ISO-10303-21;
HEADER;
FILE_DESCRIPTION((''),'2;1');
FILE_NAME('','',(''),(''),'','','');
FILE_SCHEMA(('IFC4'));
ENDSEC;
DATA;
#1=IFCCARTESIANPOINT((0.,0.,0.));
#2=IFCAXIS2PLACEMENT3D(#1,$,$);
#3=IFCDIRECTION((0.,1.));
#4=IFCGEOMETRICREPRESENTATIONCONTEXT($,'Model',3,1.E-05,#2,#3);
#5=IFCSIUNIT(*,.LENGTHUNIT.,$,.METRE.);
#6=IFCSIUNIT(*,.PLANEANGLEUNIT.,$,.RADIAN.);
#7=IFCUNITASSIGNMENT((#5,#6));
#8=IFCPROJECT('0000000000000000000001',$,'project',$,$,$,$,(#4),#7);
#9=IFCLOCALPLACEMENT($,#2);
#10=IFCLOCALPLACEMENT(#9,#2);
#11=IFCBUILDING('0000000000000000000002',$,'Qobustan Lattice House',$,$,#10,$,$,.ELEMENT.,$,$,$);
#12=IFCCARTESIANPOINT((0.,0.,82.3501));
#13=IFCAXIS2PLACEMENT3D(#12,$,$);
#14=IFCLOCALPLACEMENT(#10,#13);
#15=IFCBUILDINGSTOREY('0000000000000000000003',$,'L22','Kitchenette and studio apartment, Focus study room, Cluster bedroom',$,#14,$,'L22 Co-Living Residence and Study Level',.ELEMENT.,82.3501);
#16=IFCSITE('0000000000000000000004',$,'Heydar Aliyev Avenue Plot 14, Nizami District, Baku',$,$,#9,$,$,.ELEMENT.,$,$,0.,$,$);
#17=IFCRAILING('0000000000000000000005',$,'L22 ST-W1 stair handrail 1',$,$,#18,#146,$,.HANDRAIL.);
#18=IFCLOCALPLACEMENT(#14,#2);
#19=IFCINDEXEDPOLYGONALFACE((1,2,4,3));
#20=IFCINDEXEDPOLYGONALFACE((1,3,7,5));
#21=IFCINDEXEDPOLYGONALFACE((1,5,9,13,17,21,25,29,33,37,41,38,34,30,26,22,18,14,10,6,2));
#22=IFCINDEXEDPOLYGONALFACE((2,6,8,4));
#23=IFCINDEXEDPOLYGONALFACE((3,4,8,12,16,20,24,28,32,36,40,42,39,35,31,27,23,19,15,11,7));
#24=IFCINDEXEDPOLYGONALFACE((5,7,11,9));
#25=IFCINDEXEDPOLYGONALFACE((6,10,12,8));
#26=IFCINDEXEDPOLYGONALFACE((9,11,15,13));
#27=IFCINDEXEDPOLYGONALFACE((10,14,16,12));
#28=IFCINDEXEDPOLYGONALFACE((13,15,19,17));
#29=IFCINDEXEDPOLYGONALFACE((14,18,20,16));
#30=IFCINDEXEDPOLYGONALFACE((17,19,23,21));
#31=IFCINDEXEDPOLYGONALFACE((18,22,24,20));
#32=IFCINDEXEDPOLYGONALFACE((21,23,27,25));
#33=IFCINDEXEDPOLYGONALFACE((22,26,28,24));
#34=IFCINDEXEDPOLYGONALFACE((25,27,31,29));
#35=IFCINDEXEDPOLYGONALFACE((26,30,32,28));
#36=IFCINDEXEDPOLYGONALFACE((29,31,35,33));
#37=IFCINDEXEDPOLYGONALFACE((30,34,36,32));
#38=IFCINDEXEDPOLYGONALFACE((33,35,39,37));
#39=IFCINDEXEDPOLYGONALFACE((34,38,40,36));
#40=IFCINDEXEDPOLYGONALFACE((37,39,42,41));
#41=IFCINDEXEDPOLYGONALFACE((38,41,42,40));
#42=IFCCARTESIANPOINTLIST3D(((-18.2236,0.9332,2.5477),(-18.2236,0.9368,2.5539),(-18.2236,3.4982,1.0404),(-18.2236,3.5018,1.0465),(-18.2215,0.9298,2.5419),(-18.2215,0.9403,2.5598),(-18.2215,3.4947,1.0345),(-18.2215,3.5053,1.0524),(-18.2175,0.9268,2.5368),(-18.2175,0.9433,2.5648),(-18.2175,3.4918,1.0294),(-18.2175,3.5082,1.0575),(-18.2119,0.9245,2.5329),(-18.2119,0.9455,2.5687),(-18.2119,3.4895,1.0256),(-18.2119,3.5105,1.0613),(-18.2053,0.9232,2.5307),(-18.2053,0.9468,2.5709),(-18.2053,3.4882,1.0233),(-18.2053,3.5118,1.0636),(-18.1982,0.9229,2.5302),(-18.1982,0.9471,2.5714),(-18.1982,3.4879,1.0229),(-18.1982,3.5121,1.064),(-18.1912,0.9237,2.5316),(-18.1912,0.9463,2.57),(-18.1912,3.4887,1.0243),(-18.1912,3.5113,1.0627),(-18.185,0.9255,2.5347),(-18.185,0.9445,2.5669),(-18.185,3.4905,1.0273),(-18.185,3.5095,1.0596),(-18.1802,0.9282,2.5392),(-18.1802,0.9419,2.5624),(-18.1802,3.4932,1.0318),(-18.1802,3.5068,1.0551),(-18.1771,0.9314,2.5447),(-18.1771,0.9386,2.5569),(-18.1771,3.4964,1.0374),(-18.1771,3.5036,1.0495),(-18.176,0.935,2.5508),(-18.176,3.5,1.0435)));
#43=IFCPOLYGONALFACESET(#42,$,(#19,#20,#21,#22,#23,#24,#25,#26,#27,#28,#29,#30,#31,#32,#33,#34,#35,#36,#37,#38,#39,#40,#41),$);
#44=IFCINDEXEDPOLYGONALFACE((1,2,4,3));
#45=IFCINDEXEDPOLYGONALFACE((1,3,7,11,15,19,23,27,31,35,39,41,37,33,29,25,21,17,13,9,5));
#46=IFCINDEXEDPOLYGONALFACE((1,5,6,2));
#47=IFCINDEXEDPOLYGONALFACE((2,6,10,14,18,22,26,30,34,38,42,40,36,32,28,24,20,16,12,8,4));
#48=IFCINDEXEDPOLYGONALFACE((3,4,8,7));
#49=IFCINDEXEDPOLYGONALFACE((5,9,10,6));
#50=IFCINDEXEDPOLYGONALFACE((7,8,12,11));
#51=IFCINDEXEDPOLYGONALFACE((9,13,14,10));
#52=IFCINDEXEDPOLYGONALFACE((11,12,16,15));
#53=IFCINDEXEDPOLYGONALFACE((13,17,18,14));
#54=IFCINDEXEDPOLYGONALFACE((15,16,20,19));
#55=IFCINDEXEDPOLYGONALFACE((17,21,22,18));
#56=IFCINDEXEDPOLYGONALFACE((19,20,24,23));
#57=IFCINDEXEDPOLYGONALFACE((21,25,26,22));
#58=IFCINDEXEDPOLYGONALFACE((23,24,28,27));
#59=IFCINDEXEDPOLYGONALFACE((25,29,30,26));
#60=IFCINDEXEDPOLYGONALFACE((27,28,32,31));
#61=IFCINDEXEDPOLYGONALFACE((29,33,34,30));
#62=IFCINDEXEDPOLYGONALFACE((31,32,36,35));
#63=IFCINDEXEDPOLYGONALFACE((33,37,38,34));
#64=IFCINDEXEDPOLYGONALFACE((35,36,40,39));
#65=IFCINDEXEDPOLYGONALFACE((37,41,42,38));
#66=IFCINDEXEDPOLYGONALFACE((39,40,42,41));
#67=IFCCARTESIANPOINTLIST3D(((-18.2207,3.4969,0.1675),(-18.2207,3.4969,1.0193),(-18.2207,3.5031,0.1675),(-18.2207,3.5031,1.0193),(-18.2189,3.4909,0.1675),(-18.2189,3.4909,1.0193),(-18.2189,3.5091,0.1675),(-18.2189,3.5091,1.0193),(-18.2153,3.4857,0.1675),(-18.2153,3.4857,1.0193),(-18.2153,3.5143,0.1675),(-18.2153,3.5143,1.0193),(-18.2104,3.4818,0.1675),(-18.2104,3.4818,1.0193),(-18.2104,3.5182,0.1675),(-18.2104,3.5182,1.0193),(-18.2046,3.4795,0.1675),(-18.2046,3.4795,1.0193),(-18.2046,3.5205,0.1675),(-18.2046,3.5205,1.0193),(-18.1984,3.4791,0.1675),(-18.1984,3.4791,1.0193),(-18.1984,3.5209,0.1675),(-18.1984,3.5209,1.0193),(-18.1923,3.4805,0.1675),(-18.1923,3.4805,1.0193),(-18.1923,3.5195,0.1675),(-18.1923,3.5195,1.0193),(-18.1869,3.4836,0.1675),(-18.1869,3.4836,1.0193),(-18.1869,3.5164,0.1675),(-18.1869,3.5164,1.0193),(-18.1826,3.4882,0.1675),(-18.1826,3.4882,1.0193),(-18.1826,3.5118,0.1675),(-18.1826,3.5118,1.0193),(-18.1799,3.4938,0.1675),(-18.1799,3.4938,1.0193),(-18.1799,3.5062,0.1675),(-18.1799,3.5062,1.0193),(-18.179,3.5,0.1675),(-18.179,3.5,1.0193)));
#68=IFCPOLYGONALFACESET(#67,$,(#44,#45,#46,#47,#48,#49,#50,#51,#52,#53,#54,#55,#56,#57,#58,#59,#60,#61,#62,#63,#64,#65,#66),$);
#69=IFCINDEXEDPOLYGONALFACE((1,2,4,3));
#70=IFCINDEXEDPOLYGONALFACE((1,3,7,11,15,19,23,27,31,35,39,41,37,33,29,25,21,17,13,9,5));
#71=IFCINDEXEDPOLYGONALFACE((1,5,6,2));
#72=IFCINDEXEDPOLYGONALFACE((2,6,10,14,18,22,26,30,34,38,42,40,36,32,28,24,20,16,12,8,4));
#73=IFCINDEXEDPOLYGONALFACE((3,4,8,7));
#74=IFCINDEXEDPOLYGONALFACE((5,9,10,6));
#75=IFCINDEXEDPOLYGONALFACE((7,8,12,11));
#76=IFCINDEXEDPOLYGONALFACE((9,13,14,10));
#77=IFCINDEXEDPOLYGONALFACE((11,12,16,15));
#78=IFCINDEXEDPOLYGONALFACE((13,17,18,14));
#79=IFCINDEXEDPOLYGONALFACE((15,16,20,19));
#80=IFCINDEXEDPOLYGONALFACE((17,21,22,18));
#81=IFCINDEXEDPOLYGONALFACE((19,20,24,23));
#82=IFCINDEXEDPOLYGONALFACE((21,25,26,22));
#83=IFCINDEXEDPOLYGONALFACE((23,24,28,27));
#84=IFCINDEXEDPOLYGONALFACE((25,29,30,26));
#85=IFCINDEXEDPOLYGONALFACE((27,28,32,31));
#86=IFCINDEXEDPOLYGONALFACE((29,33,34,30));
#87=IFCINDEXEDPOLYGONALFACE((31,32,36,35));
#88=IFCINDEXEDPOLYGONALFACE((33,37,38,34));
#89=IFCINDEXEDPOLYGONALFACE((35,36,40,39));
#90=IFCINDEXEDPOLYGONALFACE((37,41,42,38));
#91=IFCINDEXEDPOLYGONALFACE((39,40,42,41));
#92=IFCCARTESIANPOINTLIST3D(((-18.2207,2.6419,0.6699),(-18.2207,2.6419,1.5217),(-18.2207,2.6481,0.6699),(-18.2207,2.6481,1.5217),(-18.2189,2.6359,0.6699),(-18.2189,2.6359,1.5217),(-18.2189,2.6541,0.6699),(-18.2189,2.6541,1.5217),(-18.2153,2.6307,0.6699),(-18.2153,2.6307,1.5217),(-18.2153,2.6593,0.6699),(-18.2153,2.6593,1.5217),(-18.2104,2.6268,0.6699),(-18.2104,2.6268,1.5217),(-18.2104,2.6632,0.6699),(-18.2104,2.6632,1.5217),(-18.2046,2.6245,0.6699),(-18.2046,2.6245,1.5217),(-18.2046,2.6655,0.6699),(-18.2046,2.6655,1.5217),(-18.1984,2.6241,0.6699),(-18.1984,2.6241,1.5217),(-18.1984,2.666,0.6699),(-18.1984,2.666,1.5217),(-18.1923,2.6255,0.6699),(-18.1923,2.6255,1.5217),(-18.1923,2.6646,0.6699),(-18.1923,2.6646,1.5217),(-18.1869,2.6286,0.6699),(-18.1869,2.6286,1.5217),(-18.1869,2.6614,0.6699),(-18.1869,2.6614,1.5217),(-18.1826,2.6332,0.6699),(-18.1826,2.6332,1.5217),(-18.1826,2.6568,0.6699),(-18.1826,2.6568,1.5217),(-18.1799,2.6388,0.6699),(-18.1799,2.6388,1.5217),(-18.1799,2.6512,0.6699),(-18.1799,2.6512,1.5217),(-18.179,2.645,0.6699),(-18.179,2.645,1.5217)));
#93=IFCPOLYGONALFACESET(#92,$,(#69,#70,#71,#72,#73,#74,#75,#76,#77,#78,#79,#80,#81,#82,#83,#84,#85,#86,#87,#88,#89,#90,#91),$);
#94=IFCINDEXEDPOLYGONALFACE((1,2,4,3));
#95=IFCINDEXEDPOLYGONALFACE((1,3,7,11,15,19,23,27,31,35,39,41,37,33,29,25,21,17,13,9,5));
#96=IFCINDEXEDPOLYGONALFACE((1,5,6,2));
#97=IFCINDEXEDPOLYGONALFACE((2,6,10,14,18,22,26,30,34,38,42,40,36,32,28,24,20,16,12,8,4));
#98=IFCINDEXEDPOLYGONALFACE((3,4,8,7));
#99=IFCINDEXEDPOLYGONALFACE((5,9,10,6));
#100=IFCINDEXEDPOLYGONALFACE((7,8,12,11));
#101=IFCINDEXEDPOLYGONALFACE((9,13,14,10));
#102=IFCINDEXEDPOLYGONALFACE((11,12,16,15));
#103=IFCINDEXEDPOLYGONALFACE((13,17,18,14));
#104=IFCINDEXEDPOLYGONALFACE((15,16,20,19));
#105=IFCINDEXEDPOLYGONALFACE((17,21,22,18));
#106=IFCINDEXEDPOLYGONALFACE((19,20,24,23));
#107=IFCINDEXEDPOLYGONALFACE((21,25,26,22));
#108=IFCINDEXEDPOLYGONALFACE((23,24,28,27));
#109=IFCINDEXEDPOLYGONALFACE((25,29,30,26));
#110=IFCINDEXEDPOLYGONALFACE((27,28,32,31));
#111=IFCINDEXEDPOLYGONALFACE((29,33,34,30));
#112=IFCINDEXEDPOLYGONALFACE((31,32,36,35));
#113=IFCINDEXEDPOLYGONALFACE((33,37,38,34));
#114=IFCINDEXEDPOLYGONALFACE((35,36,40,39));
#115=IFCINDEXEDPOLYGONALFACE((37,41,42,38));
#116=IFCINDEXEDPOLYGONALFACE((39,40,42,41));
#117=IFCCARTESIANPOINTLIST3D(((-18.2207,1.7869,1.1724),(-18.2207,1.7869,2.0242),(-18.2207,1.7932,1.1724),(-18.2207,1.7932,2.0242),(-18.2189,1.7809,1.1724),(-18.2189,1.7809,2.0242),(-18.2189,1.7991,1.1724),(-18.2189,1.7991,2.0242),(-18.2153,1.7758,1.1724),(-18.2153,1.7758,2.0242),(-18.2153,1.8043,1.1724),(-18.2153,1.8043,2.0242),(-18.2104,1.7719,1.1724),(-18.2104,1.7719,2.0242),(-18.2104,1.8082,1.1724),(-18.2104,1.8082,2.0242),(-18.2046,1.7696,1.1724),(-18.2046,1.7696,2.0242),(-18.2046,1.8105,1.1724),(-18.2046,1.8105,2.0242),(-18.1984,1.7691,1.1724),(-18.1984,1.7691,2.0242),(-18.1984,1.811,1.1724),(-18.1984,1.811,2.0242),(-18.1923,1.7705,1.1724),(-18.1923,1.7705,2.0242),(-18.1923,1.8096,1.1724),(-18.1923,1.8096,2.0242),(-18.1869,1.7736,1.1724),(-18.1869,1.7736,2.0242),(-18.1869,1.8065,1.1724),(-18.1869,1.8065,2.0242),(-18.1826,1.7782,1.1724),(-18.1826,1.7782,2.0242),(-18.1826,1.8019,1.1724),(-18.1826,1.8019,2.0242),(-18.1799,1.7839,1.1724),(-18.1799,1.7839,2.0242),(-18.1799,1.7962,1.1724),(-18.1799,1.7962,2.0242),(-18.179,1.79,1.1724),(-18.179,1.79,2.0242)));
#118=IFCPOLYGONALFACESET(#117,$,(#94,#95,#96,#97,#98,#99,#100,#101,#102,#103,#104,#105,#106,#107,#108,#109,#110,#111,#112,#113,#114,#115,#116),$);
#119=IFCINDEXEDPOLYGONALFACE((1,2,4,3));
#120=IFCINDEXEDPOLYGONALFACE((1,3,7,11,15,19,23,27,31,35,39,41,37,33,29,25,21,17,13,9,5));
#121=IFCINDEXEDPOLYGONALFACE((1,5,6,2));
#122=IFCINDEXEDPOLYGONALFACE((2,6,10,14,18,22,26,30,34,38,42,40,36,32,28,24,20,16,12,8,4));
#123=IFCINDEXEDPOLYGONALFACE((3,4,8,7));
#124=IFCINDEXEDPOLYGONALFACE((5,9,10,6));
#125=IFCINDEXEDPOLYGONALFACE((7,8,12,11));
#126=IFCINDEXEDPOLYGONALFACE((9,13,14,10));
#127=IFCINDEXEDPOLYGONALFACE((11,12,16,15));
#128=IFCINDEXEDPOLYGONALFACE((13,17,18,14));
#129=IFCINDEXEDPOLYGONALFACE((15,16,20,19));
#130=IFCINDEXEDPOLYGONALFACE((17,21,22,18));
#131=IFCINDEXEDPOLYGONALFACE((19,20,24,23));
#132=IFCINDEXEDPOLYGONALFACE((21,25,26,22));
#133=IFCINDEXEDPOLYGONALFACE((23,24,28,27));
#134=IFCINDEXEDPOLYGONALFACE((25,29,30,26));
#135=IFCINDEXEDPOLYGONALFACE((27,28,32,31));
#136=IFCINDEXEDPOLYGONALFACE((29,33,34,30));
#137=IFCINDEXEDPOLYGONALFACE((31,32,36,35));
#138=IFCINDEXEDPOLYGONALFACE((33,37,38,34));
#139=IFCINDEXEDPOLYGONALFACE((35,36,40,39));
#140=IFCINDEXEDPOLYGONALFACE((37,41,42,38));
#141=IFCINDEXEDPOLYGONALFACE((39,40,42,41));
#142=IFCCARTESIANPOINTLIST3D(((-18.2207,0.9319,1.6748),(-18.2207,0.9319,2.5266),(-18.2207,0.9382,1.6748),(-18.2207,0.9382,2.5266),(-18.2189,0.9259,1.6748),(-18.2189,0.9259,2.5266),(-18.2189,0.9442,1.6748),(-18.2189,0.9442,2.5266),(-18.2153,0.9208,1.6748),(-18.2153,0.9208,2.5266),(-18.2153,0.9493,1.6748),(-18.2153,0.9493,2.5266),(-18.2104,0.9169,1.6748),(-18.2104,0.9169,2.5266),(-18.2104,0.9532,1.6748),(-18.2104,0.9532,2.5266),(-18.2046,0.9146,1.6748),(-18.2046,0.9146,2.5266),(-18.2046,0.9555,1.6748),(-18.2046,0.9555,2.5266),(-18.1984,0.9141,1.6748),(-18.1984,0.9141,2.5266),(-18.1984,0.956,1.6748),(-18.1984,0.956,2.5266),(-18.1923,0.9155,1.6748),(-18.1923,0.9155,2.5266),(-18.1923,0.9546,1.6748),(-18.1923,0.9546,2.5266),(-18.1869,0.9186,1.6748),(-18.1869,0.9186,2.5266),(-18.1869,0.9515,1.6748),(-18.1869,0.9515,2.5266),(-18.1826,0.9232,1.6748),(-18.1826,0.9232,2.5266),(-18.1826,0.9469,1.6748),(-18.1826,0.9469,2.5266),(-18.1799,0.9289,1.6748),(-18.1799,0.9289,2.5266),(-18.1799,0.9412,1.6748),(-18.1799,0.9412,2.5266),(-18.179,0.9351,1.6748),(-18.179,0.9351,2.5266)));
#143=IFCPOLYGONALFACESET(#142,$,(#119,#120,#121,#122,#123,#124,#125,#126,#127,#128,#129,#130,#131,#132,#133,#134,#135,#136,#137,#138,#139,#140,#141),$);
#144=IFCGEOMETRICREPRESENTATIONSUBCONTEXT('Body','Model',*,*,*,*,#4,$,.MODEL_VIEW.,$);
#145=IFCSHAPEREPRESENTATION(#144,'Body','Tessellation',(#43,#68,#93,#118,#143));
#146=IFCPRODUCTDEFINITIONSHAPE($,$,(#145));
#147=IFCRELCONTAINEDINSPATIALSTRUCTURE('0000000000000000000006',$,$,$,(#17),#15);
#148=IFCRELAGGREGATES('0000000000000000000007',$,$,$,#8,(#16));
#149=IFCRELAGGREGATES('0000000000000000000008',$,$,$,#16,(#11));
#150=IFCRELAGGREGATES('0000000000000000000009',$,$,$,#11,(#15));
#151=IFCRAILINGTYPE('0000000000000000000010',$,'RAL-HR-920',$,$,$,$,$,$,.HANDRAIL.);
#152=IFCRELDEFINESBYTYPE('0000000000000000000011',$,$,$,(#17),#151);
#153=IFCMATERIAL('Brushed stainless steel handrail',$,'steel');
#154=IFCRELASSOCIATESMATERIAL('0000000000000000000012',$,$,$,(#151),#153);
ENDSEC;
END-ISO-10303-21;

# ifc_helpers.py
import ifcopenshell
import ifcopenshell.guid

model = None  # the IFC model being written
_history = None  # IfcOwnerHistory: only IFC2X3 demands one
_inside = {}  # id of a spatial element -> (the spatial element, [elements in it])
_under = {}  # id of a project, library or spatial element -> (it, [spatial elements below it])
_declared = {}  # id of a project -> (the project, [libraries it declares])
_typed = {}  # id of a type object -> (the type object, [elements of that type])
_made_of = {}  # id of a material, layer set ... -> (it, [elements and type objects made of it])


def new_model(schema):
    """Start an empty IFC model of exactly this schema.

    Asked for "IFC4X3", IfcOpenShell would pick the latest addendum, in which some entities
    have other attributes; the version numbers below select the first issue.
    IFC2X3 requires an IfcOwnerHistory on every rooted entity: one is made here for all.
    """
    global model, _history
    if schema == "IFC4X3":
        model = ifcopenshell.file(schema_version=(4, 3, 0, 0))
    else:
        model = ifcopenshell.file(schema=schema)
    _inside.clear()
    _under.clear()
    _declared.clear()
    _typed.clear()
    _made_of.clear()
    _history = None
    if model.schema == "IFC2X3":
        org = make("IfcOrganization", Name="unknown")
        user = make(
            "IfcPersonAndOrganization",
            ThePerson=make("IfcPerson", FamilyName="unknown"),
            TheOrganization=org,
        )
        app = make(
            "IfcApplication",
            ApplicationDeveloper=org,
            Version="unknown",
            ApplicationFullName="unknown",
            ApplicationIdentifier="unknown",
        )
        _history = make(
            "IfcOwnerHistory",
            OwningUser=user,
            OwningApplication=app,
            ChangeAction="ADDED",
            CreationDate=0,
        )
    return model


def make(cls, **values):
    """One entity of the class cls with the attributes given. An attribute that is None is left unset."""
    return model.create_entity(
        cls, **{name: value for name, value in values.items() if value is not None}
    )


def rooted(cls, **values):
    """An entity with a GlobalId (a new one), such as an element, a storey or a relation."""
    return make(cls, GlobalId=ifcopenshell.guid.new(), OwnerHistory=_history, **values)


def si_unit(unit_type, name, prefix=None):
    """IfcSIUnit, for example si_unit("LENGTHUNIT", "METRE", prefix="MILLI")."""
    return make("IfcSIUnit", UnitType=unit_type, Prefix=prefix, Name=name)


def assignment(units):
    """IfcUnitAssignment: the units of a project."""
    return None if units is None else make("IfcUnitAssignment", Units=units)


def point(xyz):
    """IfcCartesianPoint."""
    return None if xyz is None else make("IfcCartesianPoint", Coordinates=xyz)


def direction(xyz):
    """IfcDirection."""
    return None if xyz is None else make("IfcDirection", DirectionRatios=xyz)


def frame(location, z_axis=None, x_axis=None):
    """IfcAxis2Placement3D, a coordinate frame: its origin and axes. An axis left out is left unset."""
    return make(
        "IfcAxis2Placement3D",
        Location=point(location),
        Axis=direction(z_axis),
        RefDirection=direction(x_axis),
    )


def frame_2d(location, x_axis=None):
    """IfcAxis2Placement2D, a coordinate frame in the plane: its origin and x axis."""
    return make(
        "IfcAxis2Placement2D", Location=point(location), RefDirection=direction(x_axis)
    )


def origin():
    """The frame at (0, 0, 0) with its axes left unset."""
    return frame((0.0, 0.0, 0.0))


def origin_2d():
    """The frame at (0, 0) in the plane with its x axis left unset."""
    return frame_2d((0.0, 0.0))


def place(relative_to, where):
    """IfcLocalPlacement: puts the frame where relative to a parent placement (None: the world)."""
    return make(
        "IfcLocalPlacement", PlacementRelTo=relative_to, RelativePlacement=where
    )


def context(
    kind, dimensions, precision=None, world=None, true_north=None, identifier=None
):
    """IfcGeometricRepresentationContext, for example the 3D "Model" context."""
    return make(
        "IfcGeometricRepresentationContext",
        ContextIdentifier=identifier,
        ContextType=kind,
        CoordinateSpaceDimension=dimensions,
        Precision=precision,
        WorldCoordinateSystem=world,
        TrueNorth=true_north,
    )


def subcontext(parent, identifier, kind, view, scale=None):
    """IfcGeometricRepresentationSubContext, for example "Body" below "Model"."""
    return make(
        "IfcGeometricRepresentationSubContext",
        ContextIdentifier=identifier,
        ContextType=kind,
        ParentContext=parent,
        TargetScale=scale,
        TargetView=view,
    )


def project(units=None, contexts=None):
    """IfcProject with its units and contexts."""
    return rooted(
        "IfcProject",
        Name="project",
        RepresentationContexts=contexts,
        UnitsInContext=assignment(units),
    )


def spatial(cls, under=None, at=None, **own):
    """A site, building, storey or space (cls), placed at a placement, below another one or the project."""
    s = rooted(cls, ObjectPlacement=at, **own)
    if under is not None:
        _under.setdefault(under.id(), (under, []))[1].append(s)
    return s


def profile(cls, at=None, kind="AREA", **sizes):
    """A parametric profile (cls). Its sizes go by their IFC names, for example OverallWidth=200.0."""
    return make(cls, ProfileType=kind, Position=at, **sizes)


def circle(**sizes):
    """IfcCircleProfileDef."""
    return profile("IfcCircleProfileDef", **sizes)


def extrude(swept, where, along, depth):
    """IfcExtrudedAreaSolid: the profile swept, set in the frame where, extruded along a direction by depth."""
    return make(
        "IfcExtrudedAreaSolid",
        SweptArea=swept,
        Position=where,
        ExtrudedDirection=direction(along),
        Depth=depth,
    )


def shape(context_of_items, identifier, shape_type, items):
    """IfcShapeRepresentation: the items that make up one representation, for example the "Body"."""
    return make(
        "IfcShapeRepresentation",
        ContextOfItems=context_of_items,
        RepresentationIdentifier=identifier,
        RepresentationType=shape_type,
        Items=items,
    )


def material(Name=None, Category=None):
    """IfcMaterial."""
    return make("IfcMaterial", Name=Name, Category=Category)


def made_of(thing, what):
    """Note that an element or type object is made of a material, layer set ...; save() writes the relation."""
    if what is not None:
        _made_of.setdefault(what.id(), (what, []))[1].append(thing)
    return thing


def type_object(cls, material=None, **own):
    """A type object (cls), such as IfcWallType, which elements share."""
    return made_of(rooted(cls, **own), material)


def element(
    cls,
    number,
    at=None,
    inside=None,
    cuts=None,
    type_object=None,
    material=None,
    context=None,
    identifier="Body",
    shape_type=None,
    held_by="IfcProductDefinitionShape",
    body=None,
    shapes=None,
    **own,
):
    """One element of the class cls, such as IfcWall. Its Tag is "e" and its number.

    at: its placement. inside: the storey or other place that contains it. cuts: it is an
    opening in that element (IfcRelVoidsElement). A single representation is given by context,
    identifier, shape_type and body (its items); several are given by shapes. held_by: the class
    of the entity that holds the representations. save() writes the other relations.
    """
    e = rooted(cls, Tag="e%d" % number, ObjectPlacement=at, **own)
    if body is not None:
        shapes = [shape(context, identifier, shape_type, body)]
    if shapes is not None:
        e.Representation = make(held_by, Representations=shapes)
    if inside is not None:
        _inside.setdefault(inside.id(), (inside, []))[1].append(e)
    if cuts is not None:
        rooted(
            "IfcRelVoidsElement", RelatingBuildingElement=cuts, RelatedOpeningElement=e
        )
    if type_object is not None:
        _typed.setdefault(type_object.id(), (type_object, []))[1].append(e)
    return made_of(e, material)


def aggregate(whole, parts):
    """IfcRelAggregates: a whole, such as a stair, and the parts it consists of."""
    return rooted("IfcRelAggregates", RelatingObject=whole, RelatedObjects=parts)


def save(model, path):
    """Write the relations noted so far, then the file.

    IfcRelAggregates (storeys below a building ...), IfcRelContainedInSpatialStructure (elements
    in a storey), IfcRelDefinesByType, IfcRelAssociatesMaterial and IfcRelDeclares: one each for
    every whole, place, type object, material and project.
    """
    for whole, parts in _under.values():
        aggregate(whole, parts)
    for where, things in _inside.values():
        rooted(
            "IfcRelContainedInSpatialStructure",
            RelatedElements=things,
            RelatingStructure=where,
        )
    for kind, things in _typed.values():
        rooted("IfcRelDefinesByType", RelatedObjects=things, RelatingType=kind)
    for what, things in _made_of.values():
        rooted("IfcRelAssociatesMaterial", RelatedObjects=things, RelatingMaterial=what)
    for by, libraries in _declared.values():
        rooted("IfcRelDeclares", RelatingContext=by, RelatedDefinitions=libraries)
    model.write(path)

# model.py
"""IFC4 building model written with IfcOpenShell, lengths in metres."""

from ifc_helpers import new_model, si_unit, direction, frame, origin, origin_2d, place, context, subcontext, project, spatial, circle, extrude, material, type_object, element, save


model = new_model("IFC4")

# Units and contexts
model_context = context("Model", 3, precision=1e-05, world=origin(), true_north=direction((0.0, 1.0)))
body_context = subcontext(model_context, "Body", "Model", "MODEL_VIEW")
ifc_project = project(units=[si_unit("LENGTHUNIT", "METRE"), si_unit("PLANEANGLEUNIT", "RADIAN")], contexts=[model_context])

# Site, building, storey
site_placement = place(None, origin())
site = spatial("IfcSite", under=ifc_project, at=site_placement, Name="Heydar Aliyev Avenue Plot 14, Nizami District, Baku", CompositionType="ELEMENT", RefElevation=0.0)
building_placement = place(site_placement, origin())
building = spatial("IfcBuilding", under=site, at=building_placement, Name="Qobustan Lattice House", CompositionType="ELEMENT")
storey_placement = place(building_placement, frame((0.0, 0.0, 82.3501)))
storey = spatial("IfcBuildingStorey", under=building, at=storey_placement, Name="L22", Description="Kitchenette and studio apartment, Focus study room, Cluster bedroom", LongName="L22 Co-Living Residence and Study Level", CompositionType="ELEMENT", Elevation=82.3501)

# Railing
ifc_material_1 = material(Name="Brushed stainless steel handrail", Category="steel")
railing_type = type_object("IfcRailingType", Name="RAL-HR-920", PredefinedType="HANDRAIL", material=ifc_material_1)
railing_placement = place(storey_placement, frame((-18.2, 3.5, 0.1675)))
element("IfcRailing", 1, at=railing_placement, inside=storey, type_object=railing_type, Name="L22 ST-W1 stair handrail 1", PredefinedType="HANDRAIL", context=body_context, shape_type="SweptSolid", body=[
    extrude(circle(Radius=0.0239, at=origin_2d()), frame((0.0, 0.0, 0.876), z_axis=(0.0, -0.862149, 0.506654), x_axis=(1.0, 0.0, 0.0)), (0.0, 0.0, 1.0), 2.9751),
    extrude(circle(Radius=0.021, at=origin_2d()), origin(), (0.0, 0.0, 1.0), 0.8518),
    extrude(circle(Radius=0.021, at=origin_2d()), frame((0.0, -0.855, 0.5024)), (0.0, 0.0, 1.0), 0.8518),
    extrude(circle(Radius=0.021, at=origin_2d()), frame((0.0, -1.71, 1.0049)), (0.0, 0.0, 1.0), 0.8518),
    extrude(circle(Radius=0.021, at=origin_2d()), frame((0.0, -2.5649, 1.5073)), (0.0, 0.0, 1.0), 0.8518),
])

save(model, "model.ifc")
